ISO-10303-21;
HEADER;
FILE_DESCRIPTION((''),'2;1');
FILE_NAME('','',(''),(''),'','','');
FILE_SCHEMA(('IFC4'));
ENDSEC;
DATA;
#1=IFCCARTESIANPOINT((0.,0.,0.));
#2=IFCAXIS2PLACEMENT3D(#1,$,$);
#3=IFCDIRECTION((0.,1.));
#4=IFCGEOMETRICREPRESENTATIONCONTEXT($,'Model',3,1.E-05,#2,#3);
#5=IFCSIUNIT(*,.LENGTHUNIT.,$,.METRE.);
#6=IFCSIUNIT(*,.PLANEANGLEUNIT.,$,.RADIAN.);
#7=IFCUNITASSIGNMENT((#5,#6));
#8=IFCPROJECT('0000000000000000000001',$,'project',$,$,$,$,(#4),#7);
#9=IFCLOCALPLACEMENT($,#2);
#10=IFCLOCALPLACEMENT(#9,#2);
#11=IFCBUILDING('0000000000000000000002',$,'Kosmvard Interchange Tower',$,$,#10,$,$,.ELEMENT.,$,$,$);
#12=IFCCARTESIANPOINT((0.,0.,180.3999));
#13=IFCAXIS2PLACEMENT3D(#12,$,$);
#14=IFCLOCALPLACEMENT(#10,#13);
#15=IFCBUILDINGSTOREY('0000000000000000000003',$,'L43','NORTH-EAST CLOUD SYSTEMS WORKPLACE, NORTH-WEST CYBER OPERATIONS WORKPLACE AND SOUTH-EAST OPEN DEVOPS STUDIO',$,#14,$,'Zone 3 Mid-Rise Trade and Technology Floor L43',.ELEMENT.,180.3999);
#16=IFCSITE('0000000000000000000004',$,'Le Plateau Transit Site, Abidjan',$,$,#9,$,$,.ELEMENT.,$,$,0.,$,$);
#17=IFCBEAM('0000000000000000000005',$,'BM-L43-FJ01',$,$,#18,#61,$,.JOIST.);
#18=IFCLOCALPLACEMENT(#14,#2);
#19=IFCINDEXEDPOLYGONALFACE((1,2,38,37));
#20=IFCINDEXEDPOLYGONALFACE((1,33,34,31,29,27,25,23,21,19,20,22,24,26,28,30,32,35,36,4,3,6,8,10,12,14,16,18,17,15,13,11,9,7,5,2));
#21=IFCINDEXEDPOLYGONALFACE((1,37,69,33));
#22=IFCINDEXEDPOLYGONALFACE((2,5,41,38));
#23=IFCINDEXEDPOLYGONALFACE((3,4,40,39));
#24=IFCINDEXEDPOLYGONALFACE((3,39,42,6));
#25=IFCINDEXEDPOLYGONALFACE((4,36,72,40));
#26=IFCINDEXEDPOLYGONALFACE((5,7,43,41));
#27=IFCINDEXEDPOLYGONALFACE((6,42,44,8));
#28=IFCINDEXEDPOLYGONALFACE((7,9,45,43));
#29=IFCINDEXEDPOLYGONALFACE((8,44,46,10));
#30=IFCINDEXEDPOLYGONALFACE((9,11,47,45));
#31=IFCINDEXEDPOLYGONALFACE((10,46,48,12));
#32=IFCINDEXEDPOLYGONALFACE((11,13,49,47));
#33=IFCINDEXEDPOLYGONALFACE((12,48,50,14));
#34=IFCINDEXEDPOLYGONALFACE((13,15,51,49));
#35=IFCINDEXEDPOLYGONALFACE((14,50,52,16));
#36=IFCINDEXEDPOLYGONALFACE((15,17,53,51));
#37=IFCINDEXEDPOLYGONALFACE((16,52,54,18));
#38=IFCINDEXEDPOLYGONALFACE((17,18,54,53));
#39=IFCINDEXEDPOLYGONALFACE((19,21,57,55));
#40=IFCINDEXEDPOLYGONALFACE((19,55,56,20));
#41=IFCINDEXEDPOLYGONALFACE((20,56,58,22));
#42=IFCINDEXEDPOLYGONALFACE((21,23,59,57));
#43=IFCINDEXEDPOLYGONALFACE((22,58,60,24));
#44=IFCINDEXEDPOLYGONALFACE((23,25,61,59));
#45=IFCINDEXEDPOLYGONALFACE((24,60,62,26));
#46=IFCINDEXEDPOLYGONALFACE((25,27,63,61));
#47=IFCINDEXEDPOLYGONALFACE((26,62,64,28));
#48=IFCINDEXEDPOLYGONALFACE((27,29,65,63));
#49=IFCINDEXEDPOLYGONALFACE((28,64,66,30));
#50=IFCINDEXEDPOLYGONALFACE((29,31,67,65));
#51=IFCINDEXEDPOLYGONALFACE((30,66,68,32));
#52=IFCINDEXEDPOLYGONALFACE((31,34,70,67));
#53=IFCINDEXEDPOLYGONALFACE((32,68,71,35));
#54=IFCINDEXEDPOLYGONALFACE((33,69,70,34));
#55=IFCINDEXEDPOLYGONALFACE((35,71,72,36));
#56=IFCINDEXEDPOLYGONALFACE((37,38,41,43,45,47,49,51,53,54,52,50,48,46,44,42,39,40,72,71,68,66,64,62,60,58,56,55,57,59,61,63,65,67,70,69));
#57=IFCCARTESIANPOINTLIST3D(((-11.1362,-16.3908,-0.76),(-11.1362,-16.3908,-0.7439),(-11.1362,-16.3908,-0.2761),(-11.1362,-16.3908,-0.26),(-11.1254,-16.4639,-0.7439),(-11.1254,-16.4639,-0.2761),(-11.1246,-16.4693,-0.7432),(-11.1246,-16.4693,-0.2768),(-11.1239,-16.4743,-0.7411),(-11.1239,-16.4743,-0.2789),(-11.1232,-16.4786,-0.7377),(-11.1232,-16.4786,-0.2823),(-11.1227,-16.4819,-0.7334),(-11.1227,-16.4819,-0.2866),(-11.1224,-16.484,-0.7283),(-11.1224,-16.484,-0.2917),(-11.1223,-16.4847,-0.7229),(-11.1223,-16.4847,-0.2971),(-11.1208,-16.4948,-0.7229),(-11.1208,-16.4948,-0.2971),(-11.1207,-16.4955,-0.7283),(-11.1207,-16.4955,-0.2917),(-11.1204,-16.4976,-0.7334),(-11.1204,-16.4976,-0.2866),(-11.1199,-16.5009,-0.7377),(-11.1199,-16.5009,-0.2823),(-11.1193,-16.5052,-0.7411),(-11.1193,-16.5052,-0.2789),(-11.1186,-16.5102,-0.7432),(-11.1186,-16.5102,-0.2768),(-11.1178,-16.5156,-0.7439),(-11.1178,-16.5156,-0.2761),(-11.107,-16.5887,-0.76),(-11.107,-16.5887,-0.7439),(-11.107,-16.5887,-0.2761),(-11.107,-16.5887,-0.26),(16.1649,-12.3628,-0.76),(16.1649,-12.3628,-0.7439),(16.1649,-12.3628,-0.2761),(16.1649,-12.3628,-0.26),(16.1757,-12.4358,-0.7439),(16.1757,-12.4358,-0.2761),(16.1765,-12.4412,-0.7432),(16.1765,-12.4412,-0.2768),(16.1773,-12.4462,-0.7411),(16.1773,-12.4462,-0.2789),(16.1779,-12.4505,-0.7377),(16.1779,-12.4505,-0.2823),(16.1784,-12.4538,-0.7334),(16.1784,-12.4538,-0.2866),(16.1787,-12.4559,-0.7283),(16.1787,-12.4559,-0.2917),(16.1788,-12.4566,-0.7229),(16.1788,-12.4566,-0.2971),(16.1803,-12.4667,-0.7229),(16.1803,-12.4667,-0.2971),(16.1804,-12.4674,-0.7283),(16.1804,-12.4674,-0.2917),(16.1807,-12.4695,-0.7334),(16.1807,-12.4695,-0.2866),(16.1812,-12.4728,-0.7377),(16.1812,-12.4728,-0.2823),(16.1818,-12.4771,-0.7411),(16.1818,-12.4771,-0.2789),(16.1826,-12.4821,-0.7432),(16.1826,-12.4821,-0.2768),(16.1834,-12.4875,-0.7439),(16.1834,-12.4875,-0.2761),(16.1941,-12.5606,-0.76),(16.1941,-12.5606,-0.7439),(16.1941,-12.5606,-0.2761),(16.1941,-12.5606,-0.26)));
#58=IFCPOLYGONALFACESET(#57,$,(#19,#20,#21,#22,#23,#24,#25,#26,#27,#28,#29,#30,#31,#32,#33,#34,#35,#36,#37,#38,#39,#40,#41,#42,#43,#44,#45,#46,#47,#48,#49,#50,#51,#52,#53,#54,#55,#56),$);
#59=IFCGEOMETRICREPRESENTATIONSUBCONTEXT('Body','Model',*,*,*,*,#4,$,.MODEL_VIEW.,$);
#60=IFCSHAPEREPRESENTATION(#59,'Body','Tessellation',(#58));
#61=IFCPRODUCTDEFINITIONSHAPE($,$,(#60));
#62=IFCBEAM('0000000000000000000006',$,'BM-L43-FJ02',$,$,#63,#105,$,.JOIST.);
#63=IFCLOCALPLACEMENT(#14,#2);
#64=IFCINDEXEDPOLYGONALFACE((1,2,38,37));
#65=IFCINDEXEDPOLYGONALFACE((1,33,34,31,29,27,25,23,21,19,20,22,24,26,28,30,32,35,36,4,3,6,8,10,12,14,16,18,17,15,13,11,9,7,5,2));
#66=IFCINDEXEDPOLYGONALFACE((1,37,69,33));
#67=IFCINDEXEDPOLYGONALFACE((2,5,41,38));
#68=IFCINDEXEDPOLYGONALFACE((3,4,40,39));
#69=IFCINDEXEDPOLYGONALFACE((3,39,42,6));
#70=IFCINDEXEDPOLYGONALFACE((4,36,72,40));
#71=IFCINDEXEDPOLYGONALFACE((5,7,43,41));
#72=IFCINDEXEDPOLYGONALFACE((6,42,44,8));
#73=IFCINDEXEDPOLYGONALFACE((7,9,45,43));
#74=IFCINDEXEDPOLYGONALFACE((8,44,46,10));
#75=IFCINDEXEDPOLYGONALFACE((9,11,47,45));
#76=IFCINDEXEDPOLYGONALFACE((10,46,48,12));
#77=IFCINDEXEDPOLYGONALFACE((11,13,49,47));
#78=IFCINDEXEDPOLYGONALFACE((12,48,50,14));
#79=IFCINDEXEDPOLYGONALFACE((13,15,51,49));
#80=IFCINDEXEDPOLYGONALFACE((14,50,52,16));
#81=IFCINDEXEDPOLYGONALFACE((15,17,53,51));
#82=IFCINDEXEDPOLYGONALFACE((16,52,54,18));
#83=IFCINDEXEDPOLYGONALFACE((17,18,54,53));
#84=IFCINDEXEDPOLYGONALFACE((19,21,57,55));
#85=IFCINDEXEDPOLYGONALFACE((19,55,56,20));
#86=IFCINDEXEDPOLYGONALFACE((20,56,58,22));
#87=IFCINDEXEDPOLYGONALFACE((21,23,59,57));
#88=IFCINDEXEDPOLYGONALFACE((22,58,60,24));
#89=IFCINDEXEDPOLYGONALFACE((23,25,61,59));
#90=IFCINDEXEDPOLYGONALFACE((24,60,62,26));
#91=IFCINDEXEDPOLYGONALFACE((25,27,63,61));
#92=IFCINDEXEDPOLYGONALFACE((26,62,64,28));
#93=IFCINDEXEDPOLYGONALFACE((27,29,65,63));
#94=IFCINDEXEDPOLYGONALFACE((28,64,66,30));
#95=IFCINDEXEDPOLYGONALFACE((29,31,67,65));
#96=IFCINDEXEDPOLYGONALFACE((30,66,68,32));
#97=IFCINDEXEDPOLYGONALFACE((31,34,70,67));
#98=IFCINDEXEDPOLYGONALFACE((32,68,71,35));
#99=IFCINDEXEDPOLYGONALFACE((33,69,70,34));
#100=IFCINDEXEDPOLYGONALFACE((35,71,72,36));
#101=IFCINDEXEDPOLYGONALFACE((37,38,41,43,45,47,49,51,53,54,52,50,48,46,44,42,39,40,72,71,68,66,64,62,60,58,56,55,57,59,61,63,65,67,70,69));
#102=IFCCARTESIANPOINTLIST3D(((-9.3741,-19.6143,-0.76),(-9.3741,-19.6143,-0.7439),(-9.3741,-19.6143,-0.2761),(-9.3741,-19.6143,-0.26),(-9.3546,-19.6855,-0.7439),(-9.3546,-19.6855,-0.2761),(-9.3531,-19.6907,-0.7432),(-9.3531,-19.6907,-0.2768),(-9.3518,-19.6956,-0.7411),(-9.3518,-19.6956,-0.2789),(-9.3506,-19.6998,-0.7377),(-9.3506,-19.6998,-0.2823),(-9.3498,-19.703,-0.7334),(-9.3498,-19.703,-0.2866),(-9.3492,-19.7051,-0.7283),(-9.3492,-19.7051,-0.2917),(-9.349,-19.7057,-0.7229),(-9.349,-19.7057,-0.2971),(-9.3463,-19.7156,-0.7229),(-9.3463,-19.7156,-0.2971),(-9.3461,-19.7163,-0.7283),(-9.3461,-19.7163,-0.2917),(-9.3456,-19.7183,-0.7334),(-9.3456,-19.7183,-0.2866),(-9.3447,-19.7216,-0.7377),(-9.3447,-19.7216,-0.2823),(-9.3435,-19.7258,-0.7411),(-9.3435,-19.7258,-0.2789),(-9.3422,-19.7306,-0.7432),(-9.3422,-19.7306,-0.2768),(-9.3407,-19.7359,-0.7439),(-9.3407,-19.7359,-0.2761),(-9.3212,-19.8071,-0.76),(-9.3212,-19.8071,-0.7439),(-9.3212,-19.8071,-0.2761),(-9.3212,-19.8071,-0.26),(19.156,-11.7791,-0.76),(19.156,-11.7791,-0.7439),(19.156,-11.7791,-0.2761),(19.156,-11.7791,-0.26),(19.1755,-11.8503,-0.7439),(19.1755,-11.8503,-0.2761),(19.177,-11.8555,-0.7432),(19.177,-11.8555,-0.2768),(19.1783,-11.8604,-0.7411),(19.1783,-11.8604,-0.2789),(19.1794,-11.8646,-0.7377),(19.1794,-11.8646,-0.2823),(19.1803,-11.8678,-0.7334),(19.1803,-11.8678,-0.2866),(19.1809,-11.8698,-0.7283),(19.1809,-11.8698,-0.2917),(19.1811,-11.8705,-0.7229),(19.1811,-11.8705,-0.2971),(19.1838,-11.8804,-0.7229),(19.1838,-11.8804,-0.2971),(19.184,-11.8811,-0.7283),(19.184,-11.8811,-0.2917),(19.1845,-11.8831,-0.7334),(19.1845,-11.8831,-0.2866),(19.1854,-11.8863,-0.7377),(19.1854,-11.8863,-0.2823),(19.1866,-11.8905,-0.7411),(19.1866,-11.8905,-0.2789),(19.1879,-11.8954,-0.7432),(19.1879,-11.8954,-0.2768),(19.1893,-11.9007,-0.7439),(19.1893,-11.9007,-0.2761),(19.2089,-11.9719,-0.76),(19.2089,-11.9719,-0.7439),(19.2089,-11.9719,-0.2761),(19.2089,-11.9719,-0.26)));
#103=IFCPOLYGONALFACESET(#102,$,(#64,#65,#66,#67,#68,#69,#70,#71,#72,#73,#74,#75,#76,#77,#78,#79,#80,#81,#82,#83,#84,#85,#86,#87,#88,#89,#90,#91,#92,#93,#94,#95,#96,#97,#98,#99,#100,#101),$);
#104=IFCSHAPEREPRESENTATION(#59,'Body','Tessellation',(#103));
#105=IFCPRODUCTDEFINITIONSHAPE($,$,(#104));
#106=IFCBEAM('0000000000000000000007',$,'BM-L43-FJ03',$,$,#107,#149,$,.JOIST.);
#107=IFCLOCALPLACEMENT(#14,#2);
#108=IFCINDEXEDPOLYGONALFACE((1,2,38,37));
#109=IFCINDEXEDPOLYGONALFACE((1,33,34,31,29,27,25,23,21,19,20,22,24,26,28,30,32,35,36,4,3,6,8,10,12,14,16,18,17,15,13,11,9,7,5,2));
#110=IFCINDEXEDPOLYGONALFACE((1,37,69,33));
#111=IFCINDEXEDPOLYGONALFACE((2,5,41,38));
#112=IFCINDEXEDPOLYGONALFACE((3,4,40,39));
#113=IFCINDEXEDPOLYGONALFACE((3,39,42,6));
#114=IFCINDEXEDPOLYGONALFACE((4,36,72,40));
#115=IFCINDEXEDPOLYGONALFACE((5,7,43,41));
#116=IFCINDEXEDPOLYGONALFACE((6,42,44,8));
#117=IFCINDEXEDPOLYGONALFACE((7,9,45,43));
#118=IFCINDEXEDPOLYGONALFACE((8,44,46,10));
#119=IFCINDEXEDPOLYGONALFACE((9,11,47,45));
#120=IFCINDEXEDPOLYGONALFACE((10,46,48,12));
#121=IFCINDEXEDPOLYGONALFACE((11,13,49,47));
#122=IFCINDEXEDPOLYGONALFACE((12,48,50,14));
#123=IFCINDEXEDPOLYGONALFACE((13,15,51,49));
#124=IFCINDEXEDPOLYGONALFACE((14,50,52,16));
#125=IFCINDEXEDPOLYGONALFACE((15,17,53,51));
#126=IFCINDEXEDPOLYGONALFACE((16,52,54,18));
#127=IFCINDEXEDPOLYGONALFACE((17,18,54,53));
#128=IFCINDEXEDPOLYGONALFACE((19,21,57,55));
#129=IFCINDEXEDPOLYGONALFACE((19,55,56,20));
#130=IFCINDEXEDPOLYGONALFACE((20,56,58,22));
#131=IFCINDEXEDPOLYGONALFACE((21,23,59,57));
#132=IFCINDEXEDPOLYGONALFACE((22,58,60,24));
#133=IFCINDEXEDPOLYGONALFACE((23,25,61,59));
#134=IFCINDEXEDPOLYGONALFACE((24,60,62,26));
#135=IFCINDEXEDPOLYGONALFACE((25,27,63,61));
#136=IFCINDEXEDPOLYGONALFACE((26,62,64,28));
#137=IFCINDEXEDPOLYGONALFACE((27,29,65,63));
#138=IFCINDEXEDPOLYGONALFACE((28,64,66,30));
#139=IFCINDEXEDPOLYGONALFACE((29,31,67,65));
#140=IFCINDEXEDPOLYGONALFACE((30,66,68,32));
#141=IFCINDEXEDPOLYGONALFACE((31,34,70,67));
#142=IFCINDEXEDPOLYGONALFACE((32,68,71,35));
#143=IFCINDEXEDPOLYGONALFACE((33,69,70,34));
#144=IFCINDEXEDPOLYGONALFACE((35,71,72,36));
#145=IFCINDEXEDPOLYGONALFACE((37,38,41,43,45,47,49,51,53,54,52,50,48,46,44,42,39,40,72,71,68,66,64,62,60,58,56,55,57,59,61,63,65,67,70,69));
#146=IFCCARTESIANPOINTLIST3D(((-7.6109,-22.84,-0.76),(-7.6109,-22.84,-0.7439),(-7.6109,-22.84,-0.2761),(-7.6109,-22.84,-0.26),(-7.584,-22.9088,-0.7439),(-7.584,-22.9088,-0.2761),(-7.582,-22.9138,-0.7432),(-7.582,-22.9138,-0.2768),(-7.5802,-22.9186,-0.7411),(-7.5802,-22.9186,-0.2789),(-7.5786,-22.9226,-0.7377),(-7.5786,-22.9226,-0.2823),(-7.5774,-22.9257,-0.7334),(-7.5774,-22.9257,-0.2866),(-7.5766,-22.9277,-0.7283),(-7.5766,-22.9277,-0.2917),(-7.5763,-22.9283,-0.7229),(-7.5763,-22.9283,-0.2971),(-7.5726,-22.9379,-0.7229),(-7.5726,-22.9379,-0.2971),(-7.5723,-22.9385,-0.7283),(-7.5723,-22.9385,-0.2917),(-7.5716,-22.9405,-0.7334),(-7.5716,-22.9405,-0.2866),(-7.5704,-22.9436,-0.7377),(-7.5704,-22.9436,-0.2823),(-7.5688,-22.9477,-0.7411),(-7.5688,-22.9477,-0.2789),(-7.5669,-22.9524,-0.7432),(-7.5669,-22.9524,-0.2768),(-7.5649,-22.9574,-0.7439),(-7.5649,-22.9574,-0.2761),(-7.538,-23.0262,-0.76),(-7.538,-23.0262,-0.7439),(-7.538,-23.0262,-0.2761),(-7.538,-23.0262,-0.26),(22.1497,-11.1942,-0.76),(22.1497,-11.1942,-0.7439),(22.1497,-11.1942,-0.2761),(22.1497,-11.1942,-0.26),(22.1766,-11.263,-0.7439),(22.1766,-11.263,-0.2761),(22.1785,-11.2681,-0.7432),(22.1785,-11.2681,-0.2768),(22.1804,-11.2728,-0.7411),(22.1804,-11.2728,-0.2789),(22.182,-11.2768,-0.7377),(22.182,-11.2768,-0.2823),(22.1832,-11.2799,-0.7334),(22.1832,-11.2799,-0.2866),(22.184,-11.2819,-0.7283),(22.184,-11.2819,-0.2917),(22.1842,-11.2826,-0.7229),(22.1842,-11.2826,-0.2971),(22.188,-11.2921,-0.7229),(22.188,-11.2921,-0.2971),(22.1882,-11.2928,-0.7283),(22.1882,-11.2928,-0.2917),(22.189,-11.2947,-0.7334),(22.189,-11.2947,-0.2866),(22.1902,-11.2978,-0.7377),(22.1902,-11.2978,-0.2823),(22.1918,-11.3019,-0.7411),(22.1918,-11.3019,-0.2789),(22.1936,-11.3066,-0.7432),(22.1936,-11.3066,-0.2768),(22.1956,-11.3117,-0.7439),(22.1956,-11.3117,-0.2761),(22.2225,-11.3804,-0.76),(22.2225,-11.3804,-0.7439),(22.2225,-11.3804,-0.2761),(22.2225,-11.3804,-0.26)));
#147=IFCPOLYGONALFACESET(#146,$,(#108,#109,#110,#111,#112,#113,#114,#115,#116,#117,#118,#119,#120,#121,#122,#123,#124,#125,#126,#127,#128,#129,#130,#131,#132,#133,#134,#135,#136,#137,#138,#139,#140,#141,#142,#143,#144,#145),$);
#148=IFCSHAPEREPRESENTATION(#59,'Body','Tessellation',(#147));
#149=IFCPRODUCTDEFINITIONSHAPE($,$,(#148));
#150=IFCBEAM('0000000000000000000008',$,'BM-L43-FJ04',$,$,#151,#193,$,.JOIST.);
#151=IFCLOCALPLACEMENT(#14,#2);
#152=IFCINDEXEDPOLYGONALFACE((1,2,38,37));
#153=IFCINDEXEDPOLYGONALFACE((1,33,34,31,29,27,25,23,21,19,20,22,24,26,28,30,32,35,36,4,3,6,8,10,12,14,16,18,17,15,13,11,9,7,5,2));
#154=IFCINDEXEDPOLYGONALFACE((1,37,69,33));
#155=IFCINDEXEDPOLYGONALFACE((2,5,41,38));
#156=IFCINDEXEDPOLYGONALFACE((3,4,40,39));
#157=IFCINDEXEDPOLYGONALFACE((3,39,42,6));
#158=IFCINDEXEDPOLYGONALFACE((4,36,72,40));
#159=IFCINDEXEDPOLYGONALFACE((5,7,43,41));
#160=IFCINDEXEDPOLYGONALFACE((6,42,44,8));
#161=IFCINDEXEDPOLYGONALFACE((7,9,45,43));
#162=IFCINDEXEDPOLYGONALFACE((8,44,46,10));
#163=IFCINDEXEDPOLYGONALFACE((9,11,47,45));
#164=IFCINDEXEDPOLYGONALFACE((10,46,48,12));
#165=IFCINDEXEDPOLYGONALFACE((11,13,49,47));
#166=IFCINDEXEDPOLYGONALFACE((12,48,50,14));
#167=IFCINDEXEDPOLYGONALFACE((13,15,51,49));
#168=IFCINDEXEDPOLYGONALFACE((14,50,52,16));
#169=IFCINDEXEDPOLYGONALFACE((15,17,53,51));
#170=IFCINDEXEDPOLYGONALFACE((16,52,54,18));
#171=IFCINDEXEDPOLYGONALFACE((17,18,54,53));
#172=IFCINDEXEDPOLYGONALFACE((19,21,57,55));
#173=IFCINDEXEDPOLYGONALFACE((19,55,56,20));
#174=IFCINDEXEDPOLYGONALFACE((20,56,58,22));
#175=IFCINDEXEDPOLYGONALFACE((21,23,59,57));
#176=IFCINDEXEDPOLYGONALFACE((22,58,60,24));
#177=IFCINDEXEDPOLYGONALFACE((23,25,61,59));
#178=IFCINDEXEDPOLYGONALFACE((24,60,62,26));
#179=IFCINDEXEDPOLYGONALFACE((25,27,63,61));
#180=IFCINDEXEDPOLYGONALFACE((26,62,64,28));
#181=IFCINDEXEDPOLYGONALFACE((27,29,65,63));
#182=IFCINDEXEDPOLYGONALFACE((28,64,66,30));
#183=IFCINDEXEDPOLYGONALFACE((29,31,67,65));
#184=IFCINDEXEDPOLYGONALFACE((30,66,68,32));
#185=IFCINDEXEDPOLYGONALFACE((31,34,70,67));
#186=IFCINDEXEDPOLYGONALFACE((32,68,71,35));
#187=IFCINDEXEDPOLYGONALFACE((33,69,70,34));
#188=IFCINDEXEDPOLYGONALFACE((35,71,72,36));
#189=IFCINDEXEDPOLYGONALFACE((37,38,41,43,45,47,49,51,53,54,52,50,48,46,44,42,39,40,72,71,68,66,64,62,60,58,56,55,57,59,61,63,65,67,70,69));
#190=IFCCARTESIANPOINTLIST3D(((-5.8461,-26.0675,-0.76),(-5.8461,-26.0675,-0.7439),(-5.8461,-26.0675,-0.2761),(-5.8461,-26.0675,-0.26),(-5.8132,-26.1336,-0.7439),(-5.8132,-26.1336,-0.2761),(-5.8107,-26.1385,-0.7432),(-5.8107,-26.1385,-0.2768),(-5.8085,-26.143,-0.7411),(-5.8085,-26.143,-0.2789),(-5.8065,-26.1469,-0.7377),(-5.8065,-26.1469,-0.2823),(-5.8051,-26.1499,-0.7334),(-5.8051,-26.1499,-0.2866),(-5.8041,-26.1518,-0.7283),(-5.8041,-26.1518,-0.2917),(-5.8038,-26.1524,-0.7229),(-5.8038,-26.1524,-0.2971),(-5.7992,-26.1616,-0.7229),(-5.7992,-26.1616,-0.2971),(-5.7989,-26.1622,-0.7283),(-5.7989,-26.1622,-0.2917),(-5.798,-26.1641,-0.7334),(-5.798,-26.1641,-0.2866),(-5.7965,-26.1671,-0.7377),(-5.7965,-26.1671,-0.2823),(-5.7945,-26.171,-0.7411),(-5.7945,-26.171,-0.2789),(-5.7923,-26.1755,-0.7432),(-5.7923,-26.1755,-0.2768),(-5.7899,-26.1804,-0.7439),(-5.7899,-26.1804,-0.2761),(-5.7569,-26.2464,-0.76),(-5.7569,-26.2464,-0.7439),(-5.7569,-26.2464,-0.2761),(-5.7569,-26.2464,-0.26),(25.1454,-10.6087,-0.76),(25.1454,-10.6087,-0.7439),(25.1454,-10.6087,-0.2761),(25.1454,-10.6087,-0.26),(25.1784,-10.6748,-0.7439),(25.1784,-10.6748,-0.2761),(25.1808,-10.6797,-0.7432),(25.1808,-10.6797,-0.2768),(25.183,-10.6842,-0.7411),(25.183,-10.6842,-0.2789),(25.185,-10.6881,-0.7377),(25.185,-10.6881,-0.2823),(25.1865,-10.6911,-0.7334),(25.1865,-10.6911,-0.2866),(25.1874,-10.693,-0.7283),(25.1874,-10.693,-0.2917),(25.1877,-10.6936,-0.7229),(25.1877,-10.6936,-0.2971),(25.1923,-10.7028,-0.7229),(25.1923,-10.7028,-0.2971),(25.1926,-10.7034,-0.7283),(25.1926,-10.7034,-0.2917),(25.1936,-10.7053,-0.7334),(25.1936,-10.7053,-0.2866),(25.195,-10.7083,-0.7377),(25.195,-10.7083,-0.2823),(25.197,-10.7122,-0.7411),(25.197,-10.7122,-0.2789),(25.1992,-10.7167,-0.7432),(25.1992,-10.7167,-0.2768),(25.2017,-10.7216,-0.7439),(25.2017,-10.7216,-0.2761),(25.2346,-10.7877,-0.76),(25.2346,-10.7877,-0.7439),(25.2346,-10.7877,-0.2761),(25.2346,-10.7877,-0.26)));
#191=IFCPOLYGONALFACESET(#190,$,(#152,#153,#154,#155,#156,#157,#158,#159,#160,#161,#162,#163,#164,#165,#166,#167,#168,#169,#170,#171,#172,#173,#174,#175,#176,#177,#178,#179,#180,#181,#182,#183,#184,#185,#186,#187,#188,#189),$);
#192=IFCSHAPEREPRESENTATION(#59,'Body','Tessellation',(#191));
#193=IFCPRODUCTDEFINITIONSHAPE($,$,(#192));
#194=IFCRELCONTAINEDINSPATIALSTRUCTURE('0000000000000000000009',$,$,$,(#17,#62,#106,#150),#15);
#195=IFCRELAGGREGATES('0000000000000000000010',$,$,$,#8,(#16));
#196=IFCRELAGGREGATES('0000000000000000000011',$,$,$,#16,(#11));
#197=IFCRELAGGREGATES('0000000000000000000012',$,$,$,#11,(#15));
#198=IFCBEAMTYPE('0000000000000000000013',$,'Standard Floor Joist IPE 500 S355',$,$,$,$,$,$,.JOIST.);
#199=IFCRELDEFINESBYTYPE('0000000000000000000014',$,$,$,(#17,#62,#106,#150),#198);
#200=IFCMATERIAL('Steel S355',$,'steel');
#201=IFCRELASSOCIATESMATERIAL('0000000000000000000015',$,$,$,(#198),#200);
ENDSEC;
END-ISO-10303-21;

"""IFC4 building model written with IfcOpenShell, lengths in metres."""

from ifc_helpers import new_model, si_unit, direction, frame, origin, origin_2d, place, context, subcontext, project, spatial, i_section, extrude, source, transform, mapped, material, material_profile, profile_set, type_object, element, save


model = new_model("IFC4")

# Units and contexts
model_context = context("Model", 3, precision=1e-05, world=origin(), true_north=direction((0.0, 1.0)))
body_context = subcontext(model_context, "Body", "Model", "MODEL_VIEW")
ifc_project = project(units=[si_unit("LENGTHUNIT", "METRE"), si_unit("PLANEANGLEUNIT", "RADIAN")], contexts=[model_context])

# Site, building, storey
site_placement = place(None, origin())
site = spatial("IfcSite", under=ifc_project, at=site_placement, Name="Le Plateau Transit Site, Abidjan", CompositionType="ELEMENT", RefElevation=0.0)
building_placement = place(site_placement, origin())
building = spatial("IfcBuilding", under=site, at=building_placement, Name="Kosmvard Interchange Tower", CompositionType="ELEMENT")
storey_placement = place(building_placement, frame((0.0, 0.0, 180.3999)))
storey = spatial("IfcBuildingStorey", under=building, at=storey_placement, Name="L43", Description="NORTH-EAST CLOUD SYSTEMS WORKPLACE, NORTH-WEST CYBER OPERATIONS WORKPLACE AND SOUTH-EAST OPEN DEVOPS STUDIO", LongName="Zone 3 Mid-Rise Trade and Technology Floor L43", CompositionType="ELEMENT", Elevation=180.3999)

# Beams
ifc_material_1 = material(Name="Steel S355", Category="steel")
ifc_material_profile_1 = material_profile(ifc_material_1, i_section(OverallWidth=0.2, OverallDepth=0.5, WebThickness=0.0103, FlangeThickness=0.0161, FilletRadius=0.021, at=origin_2d()), Name="IPE 500")
ifc_profile_set_1 = profile_set([ifc_material_profile_1], Name="Steel S355")
beam_type_1 = type_object("IfcBeamType", Name="Standard Floor Joist IPE 500 S355", PredefinedType="JOIST", material=ifc_profile_set_1)
shared_shape_1 = source(origin(), body_context, "Body", "SweptSolid", [
    extrude(i_section(OverallWidth=0.2, OverallDepth=0.5, WebThickness=0.0103, FlangeThickness=0.0161, FilletRadius=0.021, at=origin_2d()), origin(), (0.0, 0.0, 1.0), 27.5967),
])
beam_1_placement = place(storey_placement, frame((-11.1216, -16.4897, -0.51), z_axis=(0.98929, 0.145963, 0.0), x_axis=(-0.145963, 0.98929, 0.0)))
element("IfcBeam", 1, at=beam_1_placement, inside=storey, type_object=beam_type_1, Name="BM-L43-FJ01", PredefinedType="JOIST", context=body_context, shape_type="MappedRepresentation", body=[
    mapped(shared_shape_1, transform((0.0, 0.0, 0.0), scale=1.0)),
])
shared_shape_2 = source(origin(), body_context, "Body", "SweptSolid", [
    extrude(i_section(OverallWidth=0.2, OverallDepth=0.5, WebThickness=0.0103, FlangeThickness=0.0161, FilletRadius=0.021, at=origin_2d()), origin(), (0.0, 0.0, 1.0), 29.5864),
])
beam_2_placement = place(storey_placement, frame((-9.3477, -19.7107, -0.51), z_axis=(0.964297, 0.264825, 0.0), x_axis=(-0.264825, 0.964297, 0.0)))
element("IfcBeam", 2, at=beam_2_placement, inside=storey, type_object=beam_type_1, Name="BM-L43-FJ02", PredefinedType="JOIST", context=body_context, shape_type="MappedRepresentation", body=[
    mapped(shared_shape_2, transform((0.0, 0.0, 0.0), scale=1.0)),
])
shared_shape_3 = source(origin(), body_context, "Body", "SweptSolid", [
    extrude(i_section(OverallWidth=0.2, OverallDepth=0.5, WebThickness=0.0103, FlangeThickness=0.0161, FilletRadius=0.021, at=origin_2d()), origin(), (0.0, 0.0, 1.0), 31.958),
])
beam_3_placement = place(storey_placement, frame((-7.5745, -22.9331, -0.51), z_axis=(0.931239, 0.364409, 0.0), x_axis=(-0.364409, 0.931239, 0.0)))
element("IfcBeam", 3, at=beam_3_placement, inside=storey, type_object=beam_type_1, Name="BM-L43-FJ03", PredefinedType="JOIST", context=body_context, shape_type="MappedRepresentation", body=[
    mapped(shared_shape_3, transform((0.0, 0.0, 0.0), scale=1.0)),
])
shared_shape_4 = source(origin(), body_context, "Body", "SweptSolid", [
    extrude(i_section(OverallWidth=0.2, OverallDepth=0.5, WebThickness=0.0103, FlangeThickness=0.0161, FilletRadius=0.021, at=origin_2d()), origin(), (0.0, 0.0, 1.0), 34.6331),
])
beam_4_placement = place(storey_placement, frame((-5.8015, -26.157, -0.51), z_axis=(0.894854, 0.446359, 0.0), x_axis=(-0.446359, 0.894854, 0.0)))
element("IfcBeam", 4, at=beam_4_placement, inside=storey, type_object=beam_type_1, Name="BM-L43-FJ04", PredefinedType="JOIST", context=body_context, shape_type="MappedRepresentation", body=[
    mapped(shared_shape_4, transform((0.0, 0.0, 0.0), scale=1.0)),
])

save(model, "model.ifc")
